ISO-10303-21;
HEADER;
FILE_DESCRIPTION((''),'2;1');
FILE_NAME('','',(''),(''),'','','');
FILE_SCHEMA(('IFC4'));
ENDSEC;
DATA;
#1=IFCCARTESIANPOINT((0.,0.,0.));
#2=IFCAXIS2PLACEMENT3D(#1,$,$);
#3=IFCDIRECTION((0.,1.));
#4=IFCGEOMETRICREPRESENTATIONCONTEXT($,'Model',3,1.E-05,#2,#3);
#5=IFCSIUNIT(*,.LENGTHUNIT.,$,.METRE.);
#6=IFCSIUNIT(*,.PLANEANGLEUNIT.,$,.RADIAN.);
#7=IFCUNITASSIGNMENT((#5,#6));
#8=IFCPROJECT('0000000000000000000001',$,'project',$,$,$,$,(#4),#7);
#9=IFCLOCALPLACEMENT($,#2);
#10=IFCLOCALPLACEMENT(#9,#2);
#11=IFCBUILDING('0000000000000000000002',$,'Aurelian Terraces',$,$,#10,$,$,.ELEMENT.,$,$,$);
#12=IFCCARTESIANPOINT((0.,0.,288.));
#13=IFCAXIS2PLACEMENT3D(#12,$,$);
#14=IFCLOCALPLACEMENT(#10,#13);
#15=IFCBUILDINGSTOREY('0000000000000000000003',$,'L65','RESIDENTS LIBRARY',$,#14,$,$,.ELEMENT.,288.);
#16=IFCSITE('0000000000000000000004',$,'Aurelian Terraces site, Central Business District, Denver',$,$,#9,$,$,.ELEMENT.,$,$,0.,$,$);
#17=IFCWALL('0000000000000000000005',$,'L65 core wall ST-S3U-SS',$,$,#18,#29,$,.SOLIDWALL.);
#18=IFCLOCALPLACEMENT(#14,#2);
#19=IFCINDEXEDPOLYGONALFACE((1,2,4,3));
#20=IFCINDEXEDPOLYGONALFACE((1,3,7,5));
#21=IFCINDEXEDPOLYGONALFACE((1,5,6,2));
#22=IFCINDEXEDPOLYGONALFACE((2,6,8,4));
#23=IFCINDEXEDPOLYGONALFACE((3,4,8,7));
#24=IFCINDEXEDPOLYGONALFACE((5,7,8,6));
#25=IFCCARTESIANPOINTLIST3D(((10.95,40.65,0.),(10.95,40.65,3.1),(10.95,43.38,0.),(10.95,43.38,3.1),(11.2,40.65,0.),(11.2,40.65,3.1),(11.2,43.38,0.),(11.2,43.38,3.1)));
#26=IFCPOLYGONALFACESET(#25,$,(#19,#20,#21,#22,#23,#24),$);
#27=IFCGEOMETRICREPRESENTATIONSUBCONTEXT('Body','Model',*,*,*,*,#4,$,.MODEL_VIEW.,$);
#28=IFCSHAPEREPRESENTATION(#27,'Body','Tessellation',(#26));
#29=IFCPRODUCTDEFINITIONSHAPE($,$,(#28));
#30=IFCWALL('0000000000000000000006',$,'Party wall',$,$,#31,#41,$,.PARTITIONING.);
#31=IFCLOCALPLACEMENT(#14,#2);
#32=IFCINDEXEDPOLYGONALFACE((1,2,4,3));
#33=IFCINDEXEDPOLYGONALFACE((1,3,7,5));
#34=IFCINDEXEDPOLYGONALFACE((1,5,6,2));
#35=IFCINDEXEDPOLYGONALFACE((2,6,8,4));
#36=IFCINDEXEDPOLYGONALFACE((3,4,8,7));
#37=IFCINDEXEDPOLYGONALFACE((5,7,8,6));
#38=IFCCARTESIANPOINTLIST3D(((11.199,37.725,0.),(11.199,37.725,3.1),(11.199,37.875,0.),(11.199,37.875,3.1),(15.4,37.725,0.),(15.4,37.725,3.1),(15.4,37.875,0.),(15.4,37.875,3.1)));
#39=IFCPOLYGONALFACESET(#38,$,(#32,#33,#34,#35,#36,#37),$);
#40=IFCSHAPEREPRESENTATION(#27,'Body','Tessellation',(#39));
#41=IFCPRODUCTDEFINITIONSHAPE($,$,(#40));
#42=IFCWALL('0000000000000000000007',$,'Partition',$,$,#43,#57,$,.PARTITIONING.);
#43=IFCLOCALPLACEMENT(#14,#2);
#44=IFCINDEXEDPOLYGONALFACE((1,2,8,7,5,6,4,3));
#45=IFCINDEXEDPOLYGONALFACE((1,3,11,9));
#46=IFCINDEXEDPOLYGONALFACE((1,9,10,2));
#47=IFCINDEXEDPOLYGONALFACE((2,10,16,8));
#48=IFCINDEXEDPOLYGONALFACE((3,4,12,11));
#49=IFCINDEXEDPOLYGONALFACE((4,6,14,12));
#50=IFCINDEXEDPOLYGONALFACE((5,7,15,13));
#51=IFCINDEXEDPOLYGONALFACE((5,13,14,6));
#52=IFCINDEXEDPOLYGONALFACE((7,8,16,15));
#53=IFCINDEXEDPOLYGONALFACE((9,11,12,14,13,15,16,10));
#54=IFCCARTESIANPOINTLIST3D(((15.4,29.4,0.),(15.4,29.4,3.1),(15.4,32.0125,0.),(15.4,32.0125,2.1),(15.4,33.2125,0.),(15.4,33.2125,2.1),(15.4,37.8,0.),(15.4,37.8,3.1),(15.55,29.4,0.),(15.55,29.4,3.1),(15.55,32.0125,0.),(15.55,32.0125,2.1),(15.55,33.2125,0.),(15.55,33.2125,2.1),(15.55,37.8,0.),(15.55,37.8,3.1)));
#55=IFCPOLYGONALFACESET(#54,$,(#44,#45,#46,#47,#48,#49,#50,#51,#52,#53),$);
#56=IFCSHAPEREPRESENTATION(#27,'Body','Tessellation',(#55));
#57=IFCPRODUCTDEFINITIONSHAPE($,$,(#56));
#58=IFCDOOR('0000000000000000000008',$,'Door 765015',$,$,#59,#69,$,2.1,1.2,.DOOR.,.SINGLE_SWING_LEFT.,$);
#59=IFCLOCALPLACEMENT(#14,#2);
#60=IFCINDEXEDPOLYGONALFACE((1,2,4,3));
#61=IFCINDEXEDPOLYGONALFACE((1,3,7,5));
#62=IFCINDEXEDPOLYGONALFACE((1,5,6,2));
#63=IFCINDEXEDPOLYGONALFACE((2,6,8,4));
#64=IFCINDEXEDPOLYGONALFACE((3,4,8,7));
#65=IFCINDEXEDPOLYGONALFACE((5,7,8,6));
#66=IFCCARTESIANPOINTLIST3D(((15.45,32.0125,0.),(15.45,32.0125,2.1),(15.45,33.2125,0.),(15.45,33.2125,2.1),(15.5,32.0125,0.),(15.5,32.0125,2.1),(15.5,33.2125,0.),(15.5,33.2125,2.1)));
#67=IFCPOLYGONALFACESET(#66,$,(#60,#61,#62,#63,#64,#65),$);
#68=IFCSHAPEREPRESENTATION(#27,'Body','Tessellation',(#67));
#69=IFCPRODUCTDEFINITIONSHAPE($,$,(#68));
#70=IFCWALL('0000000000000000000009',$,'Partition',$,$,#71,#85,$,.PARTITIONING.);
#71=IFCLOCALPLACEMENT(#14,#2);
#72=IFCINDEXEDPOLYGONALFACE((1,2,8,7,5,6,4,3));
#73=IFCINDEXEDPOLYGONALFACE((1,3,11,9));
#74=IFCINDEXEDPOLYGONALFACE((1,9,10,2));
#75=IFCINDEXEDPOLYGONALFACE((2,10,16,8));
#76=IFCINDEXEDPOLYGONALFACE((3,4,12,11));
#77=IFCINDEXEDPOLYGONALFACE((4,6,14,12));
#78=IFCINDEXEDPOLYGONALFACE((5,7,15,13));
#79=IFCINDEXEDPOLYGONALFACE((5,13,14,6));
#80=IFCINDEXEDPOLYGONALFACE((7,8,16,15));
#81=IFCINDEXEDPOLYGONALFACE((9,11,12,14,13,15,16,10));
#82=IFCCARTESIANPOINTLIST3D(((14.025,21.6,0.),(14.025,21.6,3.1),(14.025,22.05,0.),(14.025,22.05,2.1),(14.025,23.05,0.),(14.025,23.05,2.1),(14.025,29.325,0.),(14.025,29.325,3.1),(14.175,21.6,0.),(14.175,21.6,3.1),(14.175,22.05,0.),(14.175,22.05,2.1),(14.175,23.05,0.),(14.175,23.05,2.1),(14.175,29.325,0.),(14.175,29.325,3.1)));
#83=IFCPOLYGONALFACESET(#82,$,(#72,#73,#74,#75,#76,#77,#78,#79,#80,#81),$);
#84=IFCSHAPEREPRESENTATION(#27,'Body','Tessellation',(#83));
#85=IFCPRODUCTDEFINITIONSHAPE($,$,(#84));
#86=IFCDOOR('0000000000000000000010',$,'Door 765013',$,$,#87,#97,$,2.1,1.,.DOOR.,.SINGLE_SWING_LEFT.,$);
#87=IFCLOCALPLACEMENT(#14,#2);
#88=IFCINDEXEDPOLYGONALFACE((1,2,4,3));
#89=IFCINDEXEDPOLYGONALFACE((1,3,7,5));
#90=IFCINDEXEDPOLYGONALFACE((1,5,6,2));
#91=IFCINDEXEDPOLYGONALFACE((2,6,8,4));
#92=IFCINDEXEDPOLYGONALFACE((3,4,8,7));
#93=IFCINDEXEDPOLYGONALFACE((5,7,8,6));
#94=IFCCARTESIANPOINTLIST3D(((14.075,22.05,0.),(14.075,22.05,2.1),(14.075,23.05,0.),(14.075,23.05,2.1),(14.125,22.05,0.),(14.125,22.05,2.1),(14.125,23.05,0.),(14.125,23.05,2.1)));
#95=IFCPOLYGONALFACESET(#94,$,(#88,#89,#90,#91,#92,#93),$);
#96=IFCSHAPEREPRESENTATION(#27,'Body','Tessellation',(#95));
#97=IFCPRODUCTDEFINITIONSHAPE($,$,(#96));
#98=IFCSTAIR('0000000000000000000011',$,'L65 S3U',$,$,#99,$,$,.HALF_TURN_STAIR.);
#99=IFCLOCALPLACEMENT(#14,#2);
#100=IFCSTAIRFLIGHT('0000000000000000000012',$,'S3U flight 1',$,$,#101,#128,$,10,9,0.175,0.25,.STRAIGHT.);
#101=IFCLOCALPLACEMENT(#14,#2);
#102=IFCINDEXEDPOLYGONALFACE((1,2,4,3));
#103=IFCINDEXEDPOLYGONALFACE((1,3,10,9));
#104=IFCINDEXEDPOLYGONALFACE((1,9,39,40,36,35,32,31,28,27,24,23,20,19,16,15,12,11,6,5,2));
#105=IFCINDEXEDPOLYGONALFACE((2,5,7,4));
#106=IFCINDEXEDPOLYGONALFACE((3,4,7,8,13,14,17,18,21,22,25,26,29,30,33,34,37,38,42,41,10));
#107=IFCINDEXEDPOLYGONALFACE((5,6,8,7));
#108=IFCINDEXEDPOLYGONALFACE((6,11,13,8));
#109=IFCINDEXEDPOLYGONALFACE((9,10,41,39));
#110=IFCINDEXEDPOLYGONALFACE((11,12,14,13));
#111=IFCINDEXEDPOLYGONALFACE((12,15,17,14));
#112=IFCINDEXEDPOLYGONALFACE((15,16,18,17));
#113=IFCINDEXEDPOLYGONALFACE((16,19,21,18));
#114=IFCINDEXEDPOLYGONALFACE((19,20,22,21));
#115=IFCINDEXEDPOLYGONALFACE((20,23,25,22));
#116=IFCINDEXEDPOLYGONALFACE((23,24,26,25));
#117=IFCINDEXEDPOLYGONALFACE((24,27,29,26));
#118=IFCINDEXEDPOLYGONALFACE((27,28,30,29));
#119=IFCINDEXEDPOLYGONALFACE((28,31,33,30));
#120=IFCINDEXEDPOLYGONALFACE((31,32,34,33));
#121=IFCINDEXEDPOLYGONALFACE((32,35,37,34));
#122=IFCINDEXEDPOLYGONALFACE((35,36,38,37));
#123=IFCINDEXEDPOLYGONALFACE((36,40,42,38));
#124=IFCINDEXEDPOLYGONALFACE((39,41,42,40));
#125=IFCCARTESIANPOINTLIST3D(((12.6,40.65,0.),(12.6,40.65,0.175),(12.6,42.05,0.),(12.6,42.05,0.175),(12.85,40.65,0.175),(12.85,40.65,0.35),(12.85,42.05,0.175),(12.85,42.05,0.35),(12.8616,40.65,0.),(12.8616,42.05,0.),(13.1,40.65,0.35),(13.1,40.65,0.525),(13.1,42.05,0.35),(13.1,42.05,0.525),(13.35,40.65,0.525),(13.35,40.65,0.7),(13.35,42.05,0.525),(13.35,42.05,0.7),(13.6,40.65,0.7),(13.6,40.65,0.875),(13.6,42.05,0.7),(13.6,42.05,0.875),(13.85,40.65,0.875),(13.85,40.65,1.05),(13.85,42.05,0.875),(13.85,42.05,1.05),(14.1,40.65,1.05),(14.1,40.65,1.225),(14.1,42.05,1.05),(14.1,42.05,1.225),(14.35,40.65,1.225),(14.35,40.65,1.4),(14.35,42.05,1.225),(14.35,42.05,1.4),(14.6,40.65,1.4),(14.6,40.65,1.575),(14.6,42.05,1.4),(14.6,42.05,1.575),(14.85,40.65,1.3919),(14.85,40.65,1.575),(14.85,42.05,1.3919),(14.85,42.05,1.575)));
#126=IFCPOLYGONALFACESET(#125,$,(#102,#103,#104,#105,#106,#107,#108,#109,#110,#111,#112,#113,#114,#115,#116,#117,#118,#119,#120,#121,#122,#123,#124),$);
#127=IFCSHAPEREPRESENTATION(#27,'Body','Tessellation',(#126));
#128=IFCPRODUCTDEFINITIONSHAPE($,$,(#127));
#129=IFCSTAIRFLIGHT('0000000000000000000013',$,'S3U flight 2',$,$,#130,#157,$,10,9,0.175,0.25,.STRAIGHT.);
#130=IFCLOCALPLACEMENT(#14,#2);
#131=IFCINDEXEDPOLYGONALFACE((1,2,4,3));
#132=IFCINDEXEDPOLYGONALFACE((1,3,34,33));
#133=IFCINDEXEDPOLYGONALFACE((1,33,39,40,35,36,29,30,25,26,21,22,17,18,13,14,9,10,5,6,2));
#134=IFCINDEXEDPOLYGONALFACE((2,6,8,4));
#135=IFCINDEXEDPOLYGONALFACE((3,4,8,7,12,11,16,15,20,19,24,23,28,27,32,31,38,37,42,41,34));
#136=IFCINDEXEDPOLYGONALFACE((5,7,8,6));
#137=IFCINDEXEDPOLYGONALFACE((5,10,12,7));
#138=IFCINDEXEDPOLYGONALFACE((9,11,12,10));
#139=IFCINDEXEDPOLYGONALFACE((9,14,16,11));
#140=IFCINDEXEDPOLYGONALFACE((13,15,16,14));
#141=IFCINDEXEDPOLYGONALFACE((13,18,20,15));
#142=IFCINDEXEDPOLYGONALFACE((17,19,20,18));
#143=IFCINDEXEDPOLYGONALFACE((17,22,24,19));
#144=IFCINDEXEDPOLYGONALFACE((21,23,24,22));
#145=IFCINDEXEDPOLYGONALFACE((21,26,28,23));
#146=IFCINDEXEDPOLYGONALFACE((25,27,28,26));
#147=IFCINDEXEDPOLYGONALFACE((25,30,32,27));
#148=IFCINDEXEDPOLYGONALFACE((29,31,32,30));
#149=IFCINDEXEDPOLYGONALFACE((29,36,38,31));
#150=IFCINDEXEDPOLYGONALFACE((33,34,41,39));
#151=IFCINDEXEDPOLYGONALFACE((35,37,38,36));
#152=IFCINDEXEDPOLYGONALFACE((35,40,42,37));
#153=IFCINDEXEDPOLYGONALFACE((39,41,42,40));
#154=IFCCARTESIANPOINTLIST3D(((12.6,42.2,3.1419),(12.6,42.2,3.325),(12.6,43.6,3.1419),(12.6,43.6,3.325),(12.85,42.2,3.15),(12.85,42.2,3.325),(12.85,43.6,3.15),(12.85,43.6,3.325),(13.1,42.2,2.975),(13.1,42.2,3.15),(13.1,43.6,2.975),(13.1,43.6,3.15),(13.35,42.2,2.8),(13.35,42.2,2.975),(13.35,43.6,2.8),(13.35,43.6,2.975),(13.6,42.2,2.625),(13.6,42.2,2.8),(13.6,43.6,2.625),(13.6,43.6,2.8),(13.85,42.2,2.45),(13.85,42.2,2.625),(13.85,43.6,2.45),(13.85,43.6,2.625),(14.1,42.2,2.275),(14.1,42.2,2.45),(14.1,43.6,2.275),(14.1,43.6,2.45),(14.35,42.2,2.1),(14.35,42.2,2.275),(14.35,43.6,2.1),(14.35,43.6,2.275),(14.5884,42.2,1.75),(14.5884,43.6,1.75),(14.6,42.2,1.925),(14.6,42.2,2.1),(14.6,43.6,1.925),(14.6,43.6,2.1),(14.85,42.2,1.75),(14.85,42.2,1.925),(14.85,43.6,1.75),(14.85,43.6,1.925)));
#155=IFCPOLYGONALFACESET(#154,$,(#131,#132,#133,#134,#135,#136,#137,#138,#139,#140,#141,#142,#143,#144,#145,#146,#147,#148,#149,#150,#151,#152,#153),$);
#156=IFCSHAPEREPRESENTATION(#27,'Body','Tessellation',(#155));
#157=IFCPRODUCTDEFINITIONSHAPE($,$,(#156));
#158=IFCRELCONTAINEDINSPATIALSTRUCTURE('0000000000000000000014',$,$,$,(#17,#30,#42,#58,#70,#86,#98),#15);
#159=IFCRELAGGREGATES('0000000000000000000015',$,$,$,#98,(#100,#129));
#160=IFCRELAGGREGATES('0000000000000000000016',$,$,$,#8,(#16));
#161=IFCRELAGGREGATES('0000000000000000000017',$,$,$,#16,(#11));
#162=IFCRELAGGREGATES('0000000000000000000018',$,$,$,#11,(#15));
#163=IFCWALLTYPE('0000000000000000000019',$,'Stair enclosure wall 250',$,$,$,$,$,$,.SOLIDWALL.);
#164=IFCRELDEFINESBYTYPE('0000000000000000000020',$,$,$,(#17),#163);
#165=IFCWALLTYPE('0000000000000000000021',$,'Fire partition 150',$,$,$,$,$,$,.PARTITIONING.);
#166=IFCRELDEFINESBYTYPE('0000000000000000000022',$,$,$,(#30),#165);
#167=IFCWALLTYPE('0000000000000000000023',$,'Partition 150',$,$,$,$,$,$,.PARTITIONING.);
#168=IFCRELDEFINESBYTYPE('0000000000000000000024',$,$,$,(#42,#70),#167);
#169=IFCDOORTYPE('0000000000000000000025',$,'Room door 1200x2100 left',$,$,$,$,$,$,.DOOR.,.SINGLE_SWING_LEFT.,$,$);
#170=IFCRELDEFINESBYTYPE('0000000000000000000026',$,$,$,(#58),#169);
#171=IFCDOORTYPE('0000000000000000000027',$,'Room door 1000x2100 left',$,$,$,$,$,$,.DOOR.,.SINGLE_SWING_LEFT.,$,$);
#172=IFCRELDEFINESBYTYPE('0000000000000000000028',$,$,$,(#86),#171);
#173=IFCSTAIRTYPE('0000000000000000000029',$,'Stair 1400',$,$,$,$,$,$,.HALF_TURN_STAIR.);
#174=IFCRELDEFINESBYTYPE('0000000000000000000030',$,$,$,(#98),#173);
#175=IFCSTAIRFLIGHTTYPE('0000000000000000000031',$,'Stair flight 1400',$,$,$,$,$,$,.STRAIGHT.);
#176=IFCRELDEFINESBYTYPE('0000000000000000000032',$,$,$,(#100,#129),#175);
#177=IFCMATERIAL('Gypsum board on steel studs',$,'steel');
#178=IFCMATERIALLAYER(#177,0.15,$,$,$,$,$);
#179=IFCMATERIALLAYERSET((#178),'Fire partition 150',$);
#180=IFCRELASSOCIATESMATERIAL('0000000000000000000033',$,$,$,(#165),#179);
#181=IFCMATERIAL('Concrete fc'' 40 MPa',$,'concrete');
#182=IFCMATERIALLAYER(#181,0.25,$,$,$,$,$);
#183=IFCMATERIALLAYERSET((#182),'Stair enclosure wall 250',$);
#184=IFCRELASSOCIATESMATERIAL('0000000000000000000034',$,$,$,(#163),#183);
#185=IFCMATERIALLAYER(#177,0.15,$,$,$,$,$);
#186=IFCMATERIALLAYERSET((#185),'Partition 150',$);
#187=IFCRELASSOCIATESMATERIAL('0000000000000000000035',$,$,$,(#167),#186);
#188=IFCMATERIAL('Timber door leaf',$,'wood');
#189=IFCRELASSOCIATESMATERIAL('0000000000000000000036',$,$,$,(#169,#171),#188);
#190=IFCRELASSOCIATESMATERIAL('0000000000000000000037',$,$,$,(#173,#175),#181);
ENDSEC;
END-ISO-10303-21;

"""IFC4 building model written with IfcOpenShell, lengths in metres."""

from ifc_helpers import new_model, si_unit, direction, frame, frame_2d, origin, place, context, subcontext, project, spatial, polyline, rectangle, outline, extrude, source, transform, mapped, material, layer, layer_set, type_object, element, fill, aggregate, save


model = new_model("IFC4")

# Units and contexts
model_context = context("Model", 3, precision=1e-05, world=origin(), true_north=direction((0.0, 1.0)))
body_context = subcontext(model_context, "Body", "Model", "MODEL_VIEW")
ifc_project = project(units=[si_unit("LENGTHUNIT", "METRE"), si_unit("PLANEANGLEUNIT", "RADIAN")], contexts=[model_context])

# Site, building, storey
site_placement = place(None, origin())
site = spatial("IfcSite", under=ifc_project, at=site_placement, Name="Aurelian Terraces site, Central Business District, Denver", CompositionType="ELEMENT", RefElevation=0.0)
building_placement = place(site_placement, origin())
building = spatial("IfcBuilding", under=site, at=building_placement, Name="Aurelian Terraces", CompositionType="ELEMENT")
storey_placement = place(building_placement, frame((0.0, 0.0, 288.0)))
storey = spatial("IfcBuildingStorey", under=building, at=storey_placement, Name="L65", Description="RESIDENTS LIBRARY", CompositionType="ELEMENT", Elevation=288.0)

# Shared definitions
ifc_material_1 = material(Name="Gypsum board on steel studs", Category="steel")
ifc_layer_1 = layer(ifc_material_1, 0.15)
ifc_layer_set_1 = layer_set([ifc_layer_1], Name="Fire partition 150")
wall_type_1 = type_object("IfcWallType", Name="Fire partition 150", PredefinedType="PARTITIONING", material=ifc_layer_set_1)
ifc_material_2 = material(Name="Concrete fc' 40 MPa", Category="concrete")

# Shared definitions
ifc_layer_2 = layer(ifc_material_2, 0.25)
ifc_layer_set_2 = layer_set([ifc_layer_2], Name="Stair enclosure wall 250")
wall_type_2 = type_object("IfcWallType", Name="Stair enclosure wall 250", PredefinedType="SOLIDWALL", material=ifc_layer_set_2)

# Walls
shared_shape_1 = source(origin(), body_context, "Body", "SweptSolid", [
    extrude(rectangle(XDim=2.73, YDim=0.25, at=frame_2d((1.365, 0.0))), origin(), (0.0, 0.0, 1.0), 3.1),
])
wall_1_placement = place(storey_placement, frame((11.075, 40.65, 0.0), z_axis=(0.0, 0.0, 1.0), x_axis=(0.0, 1.0, 0.0)))
element("IfcWall", 1, at=wall_1_placement, inside=storey, type_object=wall_type_2, Name="L65 core wall ST-S3U-SS", PredefinedType="SOLIDWALL", context=body_context, shape_type="MappedRepresentation", body=[
    mapped(shared_shape_1, transform((0.0, 0.0, 0.0), scale=1.0)),
])
shared_shape_2 = source(origin(), body_context, "Body", "SweptSolid", [
    extrude(rectangle(XDim=4.201, YDim=0.15, at=frame_2d((2.1005, 0.0))), origin(), (0.0, 0.0, 1.0), 3.1),
])
wall_2_placement = place(storey_placement, frame((15.4, 37.8, 0.0), z_axis=(0.0, 0.0, 1.0), x_axis=(-1.0, 0.0, 0.0)))
element("IfcWall", 2, at=wall_2_placement, inside=storey, type_object=wall_type_1, Name="Party wall", PredefinedType="PARTITIONING", context=body_context, shape_type="MappedRepresentation", body=[
    mapped(shared_shape_2, transform((0.0, 0.0, 0.0), scale=1.0)),
])

# Walls, openings, doors
ifc_layer_3 = layer(ifc_material_1, 0.15)
ifc_layer_set_3 = layer_set([ifc_layer_3], Name="Partition 150")
wall_type_3 = type_object("IfcWallType", Name="Partition 150", PredefinedType="PARTITIONING", material=ifc_layer_set_3)
shared_shape_3 = source(origin(), body_context, "Body", "SweptSolid", [
    extrude(rectangle(XDim=8.4, YDim=0.15, at=frame_2d((4.2, 0.0))), origin(), (0.0, 0.0, 1.0), 3.1),
])
wall_3_placement = place(storey_placement, frame((15.475, 29.4, 0.0), z_axis=(0.0, 0.0, 1.0), x_axis=(0.0, 1.0, 0.0)))
wall_3 = element("IfcWall", 3, at=wall_3_placement, inside=storey, type_object=wall_type_3, Name="Partition", PredefinedType="PARTITIONING", context=body_context, shape_type="MappedRepresentation", body=[
    mapped(shared_shape_3, transform((0.0, 0.0, 0.0), scale=1.0)),
])
shared_shape_4 = source(origin(), body_context, "Body", "SweptSolid", [
    extrude(rectangle(XDim=1.2, YDim=2.1, at=frame_2d((0.6, 1.05))), frame((0.0, 0.085, 0.0), z_axis=(0.0, -1.0, 0.0), x_axis=(1.0, 0.0, 0.0)), (0.0, 0.0, 1.0), 0.17),
])
opening_1_placement = place(wall_3_placement, frame((2.6125, 0.0, 0.0)))
opening_1 = element("IfcOpeningElement", 4, at=opening_1_placement, cuts=wall_3, PredefinedType="OPENING", context=body_context, shape_type="MappedRepresentation", body=[
    mapped(shared_shape_4, transform((0.0, 0.0, 0.0), scale=1.0)),
])
ifc_material_3 = material(Name="Timber door leaf", Category="wood")
door_type_1 = type_object("IfcDoorType", Name="Room door 1200x2100 left", OperationType="SINGLE_SWING_LEFT", PredefinedType="DOOR", material=ifc_material_3)
shared_shape_5 = source(origin(), body_context, "Body", "SweptSolid", [
    extrude(rectangle(XDim=1.2, YDim=2.1, at=frame_2d((0.6, 1.05))), frame((0.0, 0.025, 0.0), z_axis=(0.0, -1.0, 0.0), x_axis=(1.0, 0.0, 0.0)), (0.0, 0.0, 1.0), 0.05),
])
door_1_placement = place(opening_1_placement, origin())
door_1 = element("IfcDoor", 5, at=door_1_placement, inside=storey, type_object=door_type_1, Name="Door 765015", OperationType="SINGLE_SWING_LEFT", OverallHeight=2.1, OverallWidth=1.2, PredefinedType="DOOR", context=body_context, shape_type="MappedRepresentation", body=[
    mapped(shared_shape_5, transform((0.0, 0.0, 0.0), scale=1.0)),
])
fill(opening_1, door_1)
shared_shape_6 = source(origin(), body_context, "Body", "SweptSolid", [
    extrude(rectangle(XDim=7.725, YDim=0.15, at=frame_2d((3.8625, 0.0))), origin(), (0.0, 0.0, 1.0), 3.1),
])
wall_4_placement = place(storey_placement, frame((14.1, 29.325, 0.0), z_axis=(0.0, 0.0, 1.0), x_axis=(0.0, -1.0, 0.0)))
wall_4 = element("IfcWall", 6, at=wall_4_placement, inside=storey, type_object=wall_type_3, Name="Partition", PredefinedType="PARTITIONING", context=body_context, shape_type="MappedRepresentation", body=[
    mapped(shared_shape_6, transform((0.0, 0.0, 0.0), scale=1.0)),
])
shared_shape_7 = source(origin(), body_context, "Body", "SweptSolid", [
    extrude(rectangle(XDim=1.0, YDim=2.1, at=frame_2d((0.5, 1.05))), frame((0.0, 0.085, 0.0), z_axis=(0.0, -1.0, 0.0), x_axis=(1.0, 0.0, 0.0)), (0.0, 0.0, 1.0), 0.17),
])
opening_2_placement = place(wall_4_placement, frame((6.275, 0.0, 0.0)))
opening_2 = element("IfcOpeningElement", 7, at=opening_2_placement, cuts=wall_4, PredefinedType="OPENING", context=body_context, shape_type="MappedRepresentation", body=[
    mapped(shared_shape_7, transform((0.0, 0.0, 0.0), scale=1.0)),
])
door_type_2 = type_object("IfcDoorType", Name="Room door 1000x2100 left", OperationType="SINGLE_SWING_LEFT", PredefinedType="DOOR", material=ifc_material_3)
shared_shape_8 = source(origin(), body_context, "Body", "SweptSolid", [
    extrude(rectangle(XDim=1.0, YDim=2.1, at=frame_2d((0.5, 1.05))), frame((0.0, 0.025, 0.0), z_axis=(0.0, -1.0, 0.0), x_axis=(1.0, 0.0, 0.0)), (0.0, 0.0, 1.0), 0.05),
])
door_2_placement = place(opening_2_placement, origin())
door_2 = element("IfcDoor", 8, at=door_2_placement, inside=storey, type_object=door_type_2, Name="Door 765013", OperationType="SINGLE_SWING_LEFT", OverallHeight=2.1, OverallWidth=1.0, PredefinedType="DOOR", context=body_context, shape_type="MappedRepresentation", body=[
    mapped(shared_shape_8, transform((0.0, 0.0, 0.0), scale=1.0)),
])
fill(opening_2, door_2)

# Stair, stair flights
stair_type = type_object("IfcStairType", Name="Stair 1400", PredefinedType="HALF_TURN_STAIR", material=ifc_material_2)
stair_placement = place(storey_placement, origin())
stair = element("IfcStair", 9, at=stair_placement, inside=storey, type_object=stair_type, Name="L65 S3U", PredefinedType="HALF_TURN_STAIR")
stair_flight_type = type_object("IfcStairFlightType", Name="Stair flight 1400", PredefinedType="STRAIGHT", material=ifc_material_2)
shared_shape_9 = source(origin(), body_context, "Body", "SweptSolid", [
    extrude(outline(polyline([(0.0, 0.0), (0.0, 0.175), (0.25, 0.175), (0.25, 0.35), (0.5, 0.35), (0.5, 0.525), (0.75, 0.525), (0.75, 0.7), (1.0, 0.7), (1.0, 0.875), (1.25, 0.875), (1.25, 1.05), (1.5, 1.05), (1.5, 1.225), (1.75, 1.225), (1.75, 1.4), (2.0, 1.4), (2.0, 1.575), (2.25, 1.575), (2.25, 1.75), (2.25, 1.3919), (0.2616, 0.0), (0.0, 0.0)])), frame((0.0, 0.7, 0.0), z_axis=(0.0, -1.0, 0.0), x_axis=(1.0, 0.0, 0.0)), (0.0, 0.0, 1.0), 1.4),
])
stair_flight_1_placement = place(storey_placement, frame((12.6, 41.35, 0.0), z_axis=(0.0, 0.0, 1.0), x_axis=(1.0, 0.0, 0.0)))
stair_flight_1 = element("IfcStairFlight", 10, at=stair_flight_1_placement, type_object=stair_flight_type, Name="S3U flight 1", NumberOfRisers=10, NumberOfTreads=9, PredefinedType="STRAIGHT", RiserHeight=0.175, TreadLength=0.25, context=body_context, shape_type="MappedRepresentation", body=[
    mapped(shared_shape_9, transform((0.0, 0.0, 0.0), scale=1.0)),
])
stair_flight_2_placement = place(storey_placement, frame((14.85, 42.9, 1.75), z_axis=(0.0, 0.0, 1.0), x_axis=(-1.0, 0.0, 0.0)))
stair_flight_2 = element("IfcStairFlight", 11, at=stair_flight_2_placement, type_object=stair_flight_type, Name="S3U flight 2", NumberOfRisers=10, NumberOfTreads=9, PredefinedType="STRAIGHT", RiserHeight=0.175, TreadLength=0.25, context=body_context, shape_type="MappedRepresentation", body=[
    mapped(shared_shape_9, transform((0.0, 0.0, 0.0), scale=1.0)),
])
aggregate(stair, [stair_flight_1, stair_flight_2])

save(model, "model.ifc")
